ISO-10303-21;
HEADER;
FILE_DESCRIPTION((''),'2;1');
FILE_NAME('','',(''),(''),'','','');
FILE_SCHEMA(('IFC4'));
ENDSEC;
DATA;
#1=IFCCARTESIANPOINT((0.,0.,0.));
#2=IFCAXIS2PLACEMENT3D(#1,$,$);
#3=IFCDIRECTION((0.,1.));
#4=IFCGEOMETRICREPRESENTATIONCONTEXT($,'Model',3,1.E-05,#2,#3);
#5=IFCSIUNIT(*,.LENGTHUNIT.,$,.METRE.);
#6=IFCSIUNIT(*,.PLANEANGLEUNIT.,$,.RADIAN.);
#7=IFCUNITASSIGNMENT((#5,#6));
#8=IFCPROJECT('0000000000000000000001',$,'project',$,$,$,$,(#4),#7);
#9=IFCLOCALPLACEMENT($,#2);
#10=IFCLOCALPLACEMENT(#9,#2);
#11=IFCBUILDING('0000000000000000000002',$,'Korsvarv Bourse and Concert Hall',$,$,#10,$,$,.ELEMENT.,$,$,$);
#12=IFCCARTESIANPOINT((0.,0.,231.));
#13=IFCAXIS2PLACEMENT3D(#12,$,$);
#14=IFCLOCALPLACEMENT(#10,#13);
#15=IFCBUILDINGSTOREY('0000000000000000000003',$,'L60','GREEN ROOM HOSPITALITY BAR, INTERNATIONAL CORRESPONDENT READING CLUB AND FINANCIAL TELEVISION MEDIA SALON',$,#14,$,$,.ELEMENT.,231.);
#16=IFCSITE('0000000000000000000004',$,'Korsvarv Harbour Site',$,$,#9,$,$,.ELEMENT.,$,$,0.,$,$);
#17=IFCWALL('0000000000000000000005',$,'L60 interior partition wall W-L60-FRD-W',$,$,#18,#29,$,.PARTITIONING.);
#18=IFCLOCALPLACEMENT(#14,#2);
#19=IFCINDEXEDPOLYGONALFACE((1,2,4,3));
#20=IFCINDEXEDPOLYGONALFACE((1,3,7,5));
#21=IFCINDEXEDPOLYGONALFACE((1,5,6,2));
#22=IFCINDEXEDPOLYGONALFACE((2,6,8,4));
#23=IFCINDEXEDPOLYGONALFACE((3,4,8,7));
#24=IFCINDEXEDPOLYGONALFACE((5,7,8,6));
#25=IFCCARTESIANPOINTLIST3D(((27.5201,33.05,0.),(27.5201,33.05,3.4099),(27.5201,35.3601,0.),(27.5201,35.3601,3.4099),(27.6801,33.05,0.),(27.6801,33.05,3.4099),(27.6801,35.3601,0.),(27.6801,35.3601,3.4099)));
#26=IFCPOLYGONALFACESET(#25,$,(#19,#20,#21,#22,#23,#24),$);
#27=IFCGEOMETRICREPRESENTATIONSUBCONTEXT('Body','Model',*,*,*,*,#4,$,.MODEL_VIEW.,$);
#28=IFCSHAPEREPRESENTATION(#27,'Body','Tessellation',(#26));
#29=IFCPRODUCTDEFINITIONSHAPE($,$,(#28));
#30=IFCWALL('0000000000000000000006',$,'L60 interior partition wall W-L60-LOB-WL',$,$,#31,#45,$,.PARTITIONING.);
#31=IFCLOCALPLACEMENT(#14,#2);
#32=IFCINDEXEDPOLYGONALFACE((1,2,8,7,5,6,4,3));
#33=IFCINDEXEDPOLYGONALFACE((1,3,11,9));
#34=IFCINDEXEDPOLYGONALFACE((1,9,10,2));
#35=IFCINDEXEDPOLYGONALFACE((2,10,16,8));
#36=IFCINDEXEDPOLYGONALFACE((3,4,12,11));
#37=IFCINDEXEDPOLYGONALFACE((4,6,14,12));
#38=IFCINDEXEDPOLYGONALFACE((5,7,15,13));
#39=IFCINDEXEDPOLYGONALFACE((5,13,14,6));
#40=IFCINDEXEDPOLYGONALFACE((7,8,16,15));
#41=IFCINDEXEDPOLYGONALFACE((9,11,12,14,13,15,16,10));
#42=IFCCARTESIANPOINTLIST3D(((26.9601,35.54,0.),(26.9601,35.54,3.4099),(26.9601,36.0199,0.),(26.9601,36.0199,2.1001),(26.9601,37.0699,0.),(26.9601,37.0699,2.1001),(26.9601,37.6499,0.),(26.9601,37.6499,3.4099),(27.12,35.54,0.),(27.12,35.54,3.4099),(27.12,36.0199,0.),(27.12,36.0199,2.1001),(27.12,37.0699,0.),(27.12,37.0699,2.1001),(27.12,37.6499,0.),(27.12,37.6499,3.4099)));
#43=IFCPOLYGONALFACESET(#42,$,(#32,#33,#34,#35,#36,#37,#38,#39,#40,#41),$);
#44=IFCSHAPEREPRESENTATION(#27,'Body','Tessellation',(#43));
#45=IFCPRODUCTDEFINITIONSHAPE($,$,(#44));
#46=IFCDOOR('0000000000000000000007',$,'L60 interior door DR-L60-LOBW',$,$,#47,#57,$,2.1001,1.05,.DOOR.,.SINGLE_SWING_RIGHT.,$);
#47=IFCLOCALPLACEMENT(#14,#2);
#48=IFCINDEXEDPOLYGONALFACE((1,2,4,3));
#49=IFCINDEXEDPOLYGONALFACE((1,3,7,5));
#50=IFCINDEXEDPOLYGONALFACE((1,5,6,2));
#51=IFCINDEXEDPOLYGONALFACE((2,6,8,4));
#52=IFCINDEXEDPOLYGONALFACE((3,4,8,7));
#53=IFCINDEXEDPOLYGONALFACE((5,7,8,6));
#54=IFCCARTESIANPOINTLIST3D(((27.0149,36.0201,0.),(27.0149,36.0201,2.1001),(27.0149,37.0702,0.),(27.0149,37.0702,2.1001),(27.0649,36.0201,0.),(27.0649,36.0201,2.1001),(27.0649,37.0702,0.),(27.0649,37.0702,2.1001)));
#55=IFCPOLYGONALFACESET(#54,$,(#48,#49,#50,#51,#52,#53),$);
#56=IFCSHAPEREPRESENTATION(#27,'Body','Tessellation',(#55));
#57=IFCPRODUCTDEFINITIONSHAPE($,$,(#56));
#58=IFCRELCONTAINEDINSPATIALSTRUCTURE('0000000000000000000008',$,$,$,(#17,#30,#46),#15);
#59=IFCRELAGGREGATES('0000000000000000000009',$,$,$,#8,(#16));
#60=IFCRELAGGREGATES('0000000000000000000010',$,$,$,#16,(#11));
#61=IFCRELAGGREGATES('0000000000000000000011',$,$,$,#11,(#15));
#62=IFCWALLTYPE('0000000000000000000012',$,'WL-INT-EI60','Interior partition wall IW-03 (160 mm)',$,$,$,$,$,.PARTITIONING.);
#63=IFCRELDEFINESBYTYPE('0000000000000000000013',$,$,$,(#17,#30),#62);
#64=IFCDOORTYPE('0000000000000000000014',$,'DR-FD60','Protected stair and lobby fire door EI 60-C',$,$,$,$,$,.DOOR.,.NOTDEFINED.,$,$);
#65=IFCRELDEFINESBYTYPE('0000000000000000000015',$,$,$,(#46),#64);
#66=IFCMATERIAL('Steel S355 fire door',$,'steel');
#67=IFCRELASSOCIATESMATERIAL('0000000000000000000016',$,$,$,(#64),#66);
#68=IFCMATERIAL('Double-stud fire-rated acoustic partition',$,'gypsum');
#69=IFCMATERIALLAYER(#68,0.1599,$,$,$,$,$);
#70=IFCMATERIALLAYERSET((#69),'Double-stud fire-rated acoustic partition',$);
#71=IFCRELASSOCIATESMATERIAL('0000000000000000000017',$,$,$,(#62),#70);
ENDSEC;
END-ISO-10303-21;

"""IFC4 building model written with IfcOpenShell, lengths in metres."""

from ifc_helpers import new_model, si_unit, direction, frame, frame_2d, origin, place, context, subcontext, project, spatial, rectangle, extrude, material, layer, layer_set, type_object, element, fill, save


model = new_model("IFC4")

# Units and contexts
model_context = context("Model", 3, precision=1e-05, world=origin(), true_north=direction((0.0, 1.0)))
body_context = subcontext(model_context, "Body", "Model", "MODEL_VIEW")
ifc_project = project(units=[si_unit("LENGTHUNIT", "METRE"), si_unit("PLANEANGLEUNIT", "RADIAN")], contexts=[model_context])

# Site, building, storey
site_placement = place(None, origin())
site = spatial("IfcSite", under=ifc_project, at=site_placement, Name="Korsvarv Harbour Site", CompositionType="ELEMENT", RefElevation=0.0)
building_placement = place(site_placement, origin())
building = spatial("IfcBuilding", under=site, at=building_placement, Name="Korsvarv Bourse and Concert Hall", CompositionType="ELEMENT")
storey_placement = place(building_placement, frame((0.0, 0.0, 231.0)))
storey = spatial("IfcBuildingStorey", under=building, at=storey_placement, Name="L60", Description="GREEN ROOM HOSPITALITY BAR, INTERNATIONAL CORRESPONDENT READING CLUB AND FINANCIAL TELEVISION MEDIA SALON", CompositionType="ELEMENT", Elevation=231.0)

# Shared definitions
ifc_material_1 = material(Name="Steel S355 fire door", Category="steel")
door_type = type_object("IfcDoorType", Name="DR-FD60", Description="Protected stair and lobby fire door EI 60-C", OperationType="NOTDEFINED", PredefinedType="DOOR", material=ifc_material_1)

# Wall
ifc_material_2 = material(Name="Double-stud fire-rated acoustic partition", Category="gypsum")
ifc_layer_1 = layer(ifc_material_2, 0.1599)
ifc_layer_set_1 = layer_set([ifc_layer_1], Name="Double-stud fire-rated acoustic partition")
wall_type_1 = type_object("IfcWallType", Name="WL-INT-EI60", Description="Interior partition wall IW-03 (160 mm)", PredefinedType="PARTITIONING", material=ifc_layer_set_1)
wall_1_placement = place(storey_placement, frame((27.6001, 33.05, 0.0), z_axis=(0.0, 0.0, 1.0), x_axis=(0.0, 1.0, 0.0)))
element("IfcWall", 1, at=wall_1_placement, inside=storey, type_object=wall_type_1, Name="L60 interior partition wall W-L60-FRD-W", PredefinedType="PARTITIONING", context=body_context, shape_type="SweptSolid", body=[
    extrude(rectangle(XDim=2.3101, YDim=0.1599, at=frame_2d((1.155, 0.0))), origin(), (0.0, 0.0, 1.0), 3.4099),
])

# Wall, opening, door
wall_2_placement = place(storey_placement, frame((27.04, 35.54, 0.0), z_axis=(0.0, 0.0, 1.0), x_axis=(0.0, 1.0, 0.0)))
wall_2 = element("IfcWall", 2, at=wall_2_placement, inside=storey, type_object=wall_type_1, Name="L60 interior partition wall W-L60-LOB-WL", PredefinedType="PARTITIONING", context=body_context, shape_type="SweptSolid", body=[
    extrude(rectangle(XDim=2.1099, YDim=0.1599, at=frame_2d((1.0549, 0.0))), origin(), (0.0, 0.0, 1.0), 3.4099),
])
opening_1_placement = place(wall_2_placement, frame((0.48, 0.0, 0.0)))
opening_1 = element("IfcOpeningElement", 3, at=opening_1_placement, cuts=wall_2, PredefinedType="OPENING", context=body_context, shape_type="SweptSolid", body=[
    extrude(rectangle(XDim=1.05, YDim=2.1001, at=frame_2d((0.5249, 1.05))), frame((0.0, 0.0898, 0.0), z_axis=(0.0, -1.0, 0.0), x_axis=(1.0, 0.0, 0.0)), (0.0, 0.0, 1.0), 0.1799),
])
door_1_placement = place(opening_1_placement, frame((1.05, 0.0, 0.0), z_axis=(0.0, 0.0, 1.0), x_axis=(-1.0, 0.0, 0.0)))
door_1 = element("IfcDoor", 4, at=door_1_placement, inside=storey, type_object=door_type, Name="L60 interior door DR-L60-LOBW", OperationType="SINGLE_SWING_RIGHT", OverallHeight=2.1001, OverallWidth=1.05, PredefinedType="DOOR", context=body_context, shape_type="SweptSolid", body=[
    extrude(rectangle(XDim=1.05, YDim=2.1001, at=frame_2d((0.5249, 1.05))), frame((0.0, 0.0249, 0.0), z_axis=(0.0, -1.0, 0.0), x_axis=(1.0, 0.0, 0.0)), (0.0, 0.0, 1.0), 0.05),
])
fill(opening_1, door_1)

save(model, "model.ifc")
